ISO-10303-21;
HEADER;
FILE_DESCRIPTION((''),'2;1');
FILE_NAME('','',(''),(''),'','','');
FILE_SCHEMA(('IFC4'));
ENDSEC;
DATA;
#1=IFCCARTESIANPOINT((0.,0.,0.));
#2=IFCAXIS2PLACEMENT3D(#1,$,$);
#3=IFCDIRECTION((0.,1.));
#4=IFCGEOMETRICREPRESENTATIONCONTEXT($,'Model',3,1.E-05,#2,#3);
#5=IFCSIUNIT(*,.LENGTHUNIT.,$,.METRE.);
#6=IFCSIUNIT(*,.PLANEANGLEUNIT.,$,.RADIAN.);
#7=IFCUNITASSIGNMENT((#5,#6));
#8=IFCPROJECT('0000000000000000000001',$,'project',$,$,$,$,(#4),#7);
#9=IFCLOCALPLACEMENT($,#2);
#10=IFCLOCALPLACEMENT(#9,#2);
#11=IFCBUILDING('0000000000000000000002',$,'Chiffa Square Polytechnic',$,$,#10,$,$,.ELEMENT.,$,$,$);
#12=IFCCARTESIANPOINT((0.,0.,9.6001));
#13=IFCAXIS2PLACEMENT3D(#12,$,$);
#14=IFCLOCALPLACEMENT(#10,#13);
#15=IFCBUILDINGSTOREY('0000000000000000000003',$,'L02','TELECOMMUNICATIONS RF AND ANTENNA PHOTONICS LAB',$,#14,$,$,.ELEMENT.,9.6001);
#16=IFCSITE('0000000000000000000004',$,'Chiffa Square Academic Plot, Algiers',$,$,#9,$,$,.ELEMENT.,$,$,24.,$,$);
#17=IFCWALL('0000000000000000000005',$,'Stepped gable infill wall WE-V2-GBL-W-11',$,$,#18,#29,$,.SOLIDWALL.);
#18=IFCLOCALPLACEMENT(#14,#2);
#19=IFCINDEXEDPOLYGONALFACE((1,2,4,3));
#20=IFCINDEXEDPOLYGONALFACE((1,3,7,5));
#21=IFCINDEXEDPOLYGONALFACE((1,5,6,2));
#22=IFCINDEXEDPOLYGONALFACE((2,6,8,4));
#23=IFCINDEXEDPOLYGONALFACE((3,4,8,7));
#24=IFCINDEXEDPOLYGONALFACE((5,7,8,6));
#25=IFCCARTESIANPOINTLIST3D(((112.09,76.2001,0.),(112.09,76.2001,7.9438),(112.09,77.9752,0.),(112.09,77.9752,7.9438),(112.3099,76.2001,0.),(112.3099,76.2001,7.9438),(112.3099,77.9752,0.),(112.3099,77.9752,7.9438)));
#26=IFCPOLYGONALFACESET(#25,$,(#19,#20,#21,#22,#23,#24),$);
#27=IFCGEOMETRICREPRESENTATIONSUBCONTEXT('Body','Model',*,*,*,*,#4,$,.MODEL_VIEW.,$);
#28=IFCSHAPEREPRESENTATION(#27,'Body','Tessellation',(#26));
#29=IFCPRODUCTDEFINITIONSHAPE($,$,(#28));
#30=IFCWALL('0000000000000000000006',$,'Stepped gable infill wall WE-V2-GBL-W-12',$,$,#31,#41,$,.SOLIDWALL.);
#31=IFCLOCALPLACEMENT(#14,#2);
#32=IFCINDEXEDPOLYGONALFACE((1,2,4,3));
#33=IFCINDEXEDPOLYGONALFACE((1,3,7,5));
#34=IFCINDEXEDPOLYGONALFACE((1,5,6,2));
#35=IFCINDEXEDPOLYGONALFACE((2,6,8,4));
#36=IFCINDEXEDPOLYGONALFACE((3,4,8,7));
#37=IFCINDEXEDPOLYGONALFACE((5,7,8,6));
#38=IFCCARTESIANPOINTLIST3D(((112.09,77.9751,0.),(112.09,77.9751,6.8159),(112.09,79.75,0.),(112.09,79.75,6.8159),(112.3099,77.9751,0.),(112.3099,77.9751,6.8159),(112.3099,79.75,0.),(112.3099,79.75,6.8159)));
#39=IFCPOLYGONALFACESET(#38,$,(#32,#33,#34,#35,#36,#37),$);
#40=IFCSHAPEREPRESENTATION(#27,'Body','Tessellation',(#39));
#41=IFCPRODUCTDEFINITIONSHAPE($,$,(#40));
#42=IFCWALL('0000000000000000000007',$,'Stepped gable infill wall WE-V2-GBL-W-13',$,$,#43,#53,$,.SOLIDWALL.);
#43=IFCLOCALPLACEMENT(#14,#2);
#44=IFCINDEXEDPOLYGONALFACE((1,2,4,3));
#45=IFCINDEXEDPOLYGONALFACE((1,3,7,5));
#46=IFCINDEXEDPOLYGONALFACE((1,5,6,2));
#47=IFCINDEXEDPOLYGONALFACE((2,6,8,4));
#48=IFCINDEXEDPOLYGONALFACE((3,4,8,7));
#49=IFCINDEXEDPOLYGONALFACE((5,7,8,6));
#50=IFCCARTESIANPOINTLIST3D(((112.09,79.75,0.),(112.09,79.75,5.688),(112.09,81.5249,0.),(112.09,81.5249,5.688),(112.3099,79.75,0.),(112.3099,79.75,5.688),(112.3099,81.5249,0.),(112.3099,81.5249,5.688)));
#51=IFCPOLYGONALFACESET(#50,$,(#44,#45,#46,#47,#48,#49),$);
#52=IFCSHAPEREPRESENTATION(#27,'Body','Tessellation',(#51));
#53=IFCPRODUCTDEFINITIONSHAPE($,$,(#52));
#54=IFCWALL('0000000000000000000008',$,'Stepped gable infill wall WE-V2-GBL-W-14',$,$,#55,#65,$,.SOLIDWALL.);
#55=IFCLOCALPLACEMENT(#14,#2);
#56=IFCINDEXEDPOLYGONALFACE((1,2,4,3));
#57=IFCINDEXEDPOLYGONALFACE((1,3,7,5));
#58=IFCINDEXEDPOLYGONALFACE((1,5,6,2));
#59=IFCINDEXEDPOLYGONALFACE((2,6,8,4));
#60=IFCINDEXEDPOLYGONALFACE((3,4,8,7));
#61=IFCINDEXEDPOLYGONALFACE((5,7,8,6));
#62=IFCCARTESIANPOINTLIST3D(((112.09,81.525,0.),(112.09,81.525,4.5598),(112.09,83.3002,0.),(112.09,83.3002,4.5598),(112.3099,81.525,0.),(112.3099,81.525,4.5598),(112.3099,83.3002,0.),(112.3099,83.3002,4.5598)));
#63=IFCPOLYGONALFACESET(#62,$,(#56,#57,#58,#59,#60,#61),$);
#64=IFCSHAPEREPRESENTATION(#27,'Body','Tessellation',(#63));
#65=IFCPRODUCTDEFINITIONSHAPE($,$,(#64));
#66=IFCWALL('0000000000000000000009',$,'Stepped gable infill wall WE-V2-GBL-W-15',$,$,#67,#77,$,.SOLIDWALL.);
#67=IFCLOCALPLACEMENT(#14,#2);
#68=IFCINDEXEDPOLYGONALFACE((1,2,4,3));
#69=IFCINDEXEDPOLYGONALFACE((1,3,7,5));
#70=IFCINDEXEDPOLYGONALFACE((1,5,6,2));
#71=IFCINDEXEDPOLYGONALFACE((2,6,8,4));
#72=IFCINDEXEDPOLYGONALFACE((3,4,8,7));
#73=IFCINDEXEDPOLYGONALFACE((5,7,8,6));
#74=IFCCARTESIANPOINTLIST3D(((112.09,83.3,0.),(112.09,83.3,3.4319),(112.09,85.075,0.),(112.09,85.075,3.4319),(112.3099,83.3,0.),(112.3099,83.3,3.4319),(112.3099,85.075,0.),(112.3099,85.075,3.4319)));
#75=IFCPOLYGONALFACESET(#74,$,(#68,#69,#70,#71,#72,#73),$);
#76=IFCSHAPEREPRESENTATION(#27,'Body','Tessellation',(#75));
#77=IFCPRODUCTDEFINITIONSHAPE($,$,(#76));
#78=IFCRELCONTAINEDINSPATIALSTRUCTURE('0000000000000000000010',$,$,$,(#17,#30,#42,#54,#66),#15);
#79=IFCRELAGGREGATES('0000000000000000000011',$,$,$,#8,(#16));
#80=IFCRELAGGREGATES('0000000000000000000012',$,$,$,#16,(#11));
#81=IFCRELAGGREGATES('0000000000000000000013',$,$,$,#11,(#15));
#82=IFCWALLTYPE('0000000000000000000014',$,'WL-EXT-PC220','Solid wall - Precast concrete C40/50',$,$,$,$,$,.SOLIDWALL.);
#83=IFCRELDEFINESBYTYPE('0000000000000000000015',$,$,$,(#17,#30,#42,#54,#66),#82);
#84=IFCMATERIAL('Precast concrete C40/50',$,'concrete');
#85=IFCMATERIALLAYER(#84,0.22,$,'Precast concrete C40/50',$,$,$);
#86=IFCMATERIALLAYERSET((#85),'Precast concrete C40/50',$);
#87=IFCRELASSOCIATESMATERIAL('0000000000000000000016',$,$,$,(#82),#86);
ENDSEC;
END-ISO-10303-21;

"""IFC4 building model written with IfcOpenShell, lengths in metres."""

from ifc_helpers import new_model, si_unit, direction, frame, frame_2d, origin, place, context, subcontext, project, spatial, rectangle, extrude, material, layer, layer_set, type_object, element, save


model = new_model("IFC4")

# Units and contexts
model_context = context("Model", 3, precision=1e-05, world=origin(), true_north=direction((0.0, 1.0)))
body_context = subcontext(model_context, "Body", "Model", "MODEL_VIEW")
ifc_project = project(units=[si_unit("LENGTHUNIT", "METRE"), si_unit("PLANEANGLEUNIT", "RADIAN")], contexts=[model_context])

# Site, building, storey
site_placement = place(None, origin())
site = spatial("IfcSite", under=ifc_project, at=site_placement, Name="Chiffa Square Academic Plot, Algiers", CompositionType="ELEMENT", RefElevation=24.0)
building_placement = place(site_placement, origin())
building = spatial("IfcBuilding", under=site, at=building_placement, Name="Chiffa Square Polytechnic", CompositionType="ELEMENT")
storey_placement = place(building_placement, frame((0.0, 0.0, 9.6001)))
storey = spatial("IfcBuildingStorey", under=building, at=storey_placement, Name="L02", Description="TELECOMMUNICATIONS RF AND ANTENNA PHOTONICS LAB", CompositionType="ELEMENT", Elevation=9.6001)

# Walls
ifc_material_1 = material(Name="Precast concrete C40/50", Category="concrete")
ifc_layer_1 = layer(ifc_material_1, 0.22, Name="Precast concrete C40/50")
ifc_layer_set_1 = layer_set([ifc_layer_1], Name="Precast concrete C40/50")
wall_type = type_object("IfcWallType", Name="WL-EXT-PC220", Description="Solid wall - Precast concrete C40/50", PredefinedType="SOLIDWALL", material=ifc_layer_set_1)
wall_1_placement = place(storey_placement, frame((112.2, 76.2, 0.0), z_axis=(0.0, 0.0, 1.0), x_axis=(0.0, 1.0, 0.0)))
element("IfcWall", 1, at=wall_1_placement, inside=storey, type_object=wall_type, Name="Stepped gable infill wall WE-V2-GBL-W-11", PredefinedType="SOLIDWALL", context=body_context, shape_type="SweptSolid", body=[
    extrude(rectangle(XDim=1.7751, YDim=0.22, at=frame_2d((0.8877, 0.0))), origin(), (0.0, 0.0, 1.0), 7.9438),
])
wall_2_placement = place(storey_placement, frame((112.2, 77.9751, 0.0), z_axis=(0.0, 0.0, 1.0), x_axis=(0.0, 1.0, 0.0)))
element("IfcWall", 2, at=wall_2_placement, inside=storey, type_object=wall_type, Name="Stepped gable infill wall WE-V2-GBL-W-12", PredefinedType="SOLIDWALL", context=body_context, shape_type="SweptSolid", body=[
    extrude(rectangle(XDim=1.7749, YDim=0.22, at=frame_2d((0.8875, 0.0))), origin(), (0.0, 0.0, 1.0), 6.8159),
])
wall_3_placement = place(storey_placement, frame((112.2, 79.75, 0.0), z_axis=(0.0, 0.0, 1.0), x_axis=(0.0, 1.0, 0.0)))
element("IfcWall", 3, at=wall_3_placement, inside=storey, type_object=wall_type, Name="Stepped gable infill wall WE-V2-GBL-W-13", PredefinedType="SOLIDWALL", context=body_context, shape_type="SweptSolid", body=[
    extrude(rectangle(XDim=1.7749, YDim=0.22, at=frame_2d((0.8875, 0.0))), origin(), (0.0, 0.0, 1.0), 5.688),
])
wall_4_placement = place(storey_placement, frame((112.2, 81.5249, 0.0), z_axis=(0.0, 0.0, 1.0), x_axis=(0.0, 1.0, 0.0)))
element("IfcWall", 4, at=wall_4_placement, inside=storey, type_object=wall_type, Name="Stepped gable infill wall WE-V2-GBL-W-14", PredefinedType="SOLIDWALL", context=body_context, shape_type="SweptSolid", body=[
    extrude(rectangle(XDim=1.7751, YDim=0.22, at=frame_2d((0.8877, 0.0))), origin(), (0.0, 0.0, 1.0), 4.5598),
])
wall_5_placement = place(storey_placement, frame((112.2, 83.3, 0.0), z_axis=(0.0, 0.0, 1.0), x_axis=(0.0, 1.0, 0.0)))
element("IfcWall", 5, at=wall_5_placement, inside=storey, type_object=wall_type, Name="Stepped gable infill wall WE-V2-GBL-W-15", PredefinedType="SOLIDWALL", context=body_context, shape_type="SweptSolid", body=[
    extrude(rectangle(XDim=1.7749, YDim=0.22, at=frame_2d((0.8875, 0.0))), origin(), (0.0, 0.0, 1.0), 3.4319),
])

save(model, "model.ifc")
